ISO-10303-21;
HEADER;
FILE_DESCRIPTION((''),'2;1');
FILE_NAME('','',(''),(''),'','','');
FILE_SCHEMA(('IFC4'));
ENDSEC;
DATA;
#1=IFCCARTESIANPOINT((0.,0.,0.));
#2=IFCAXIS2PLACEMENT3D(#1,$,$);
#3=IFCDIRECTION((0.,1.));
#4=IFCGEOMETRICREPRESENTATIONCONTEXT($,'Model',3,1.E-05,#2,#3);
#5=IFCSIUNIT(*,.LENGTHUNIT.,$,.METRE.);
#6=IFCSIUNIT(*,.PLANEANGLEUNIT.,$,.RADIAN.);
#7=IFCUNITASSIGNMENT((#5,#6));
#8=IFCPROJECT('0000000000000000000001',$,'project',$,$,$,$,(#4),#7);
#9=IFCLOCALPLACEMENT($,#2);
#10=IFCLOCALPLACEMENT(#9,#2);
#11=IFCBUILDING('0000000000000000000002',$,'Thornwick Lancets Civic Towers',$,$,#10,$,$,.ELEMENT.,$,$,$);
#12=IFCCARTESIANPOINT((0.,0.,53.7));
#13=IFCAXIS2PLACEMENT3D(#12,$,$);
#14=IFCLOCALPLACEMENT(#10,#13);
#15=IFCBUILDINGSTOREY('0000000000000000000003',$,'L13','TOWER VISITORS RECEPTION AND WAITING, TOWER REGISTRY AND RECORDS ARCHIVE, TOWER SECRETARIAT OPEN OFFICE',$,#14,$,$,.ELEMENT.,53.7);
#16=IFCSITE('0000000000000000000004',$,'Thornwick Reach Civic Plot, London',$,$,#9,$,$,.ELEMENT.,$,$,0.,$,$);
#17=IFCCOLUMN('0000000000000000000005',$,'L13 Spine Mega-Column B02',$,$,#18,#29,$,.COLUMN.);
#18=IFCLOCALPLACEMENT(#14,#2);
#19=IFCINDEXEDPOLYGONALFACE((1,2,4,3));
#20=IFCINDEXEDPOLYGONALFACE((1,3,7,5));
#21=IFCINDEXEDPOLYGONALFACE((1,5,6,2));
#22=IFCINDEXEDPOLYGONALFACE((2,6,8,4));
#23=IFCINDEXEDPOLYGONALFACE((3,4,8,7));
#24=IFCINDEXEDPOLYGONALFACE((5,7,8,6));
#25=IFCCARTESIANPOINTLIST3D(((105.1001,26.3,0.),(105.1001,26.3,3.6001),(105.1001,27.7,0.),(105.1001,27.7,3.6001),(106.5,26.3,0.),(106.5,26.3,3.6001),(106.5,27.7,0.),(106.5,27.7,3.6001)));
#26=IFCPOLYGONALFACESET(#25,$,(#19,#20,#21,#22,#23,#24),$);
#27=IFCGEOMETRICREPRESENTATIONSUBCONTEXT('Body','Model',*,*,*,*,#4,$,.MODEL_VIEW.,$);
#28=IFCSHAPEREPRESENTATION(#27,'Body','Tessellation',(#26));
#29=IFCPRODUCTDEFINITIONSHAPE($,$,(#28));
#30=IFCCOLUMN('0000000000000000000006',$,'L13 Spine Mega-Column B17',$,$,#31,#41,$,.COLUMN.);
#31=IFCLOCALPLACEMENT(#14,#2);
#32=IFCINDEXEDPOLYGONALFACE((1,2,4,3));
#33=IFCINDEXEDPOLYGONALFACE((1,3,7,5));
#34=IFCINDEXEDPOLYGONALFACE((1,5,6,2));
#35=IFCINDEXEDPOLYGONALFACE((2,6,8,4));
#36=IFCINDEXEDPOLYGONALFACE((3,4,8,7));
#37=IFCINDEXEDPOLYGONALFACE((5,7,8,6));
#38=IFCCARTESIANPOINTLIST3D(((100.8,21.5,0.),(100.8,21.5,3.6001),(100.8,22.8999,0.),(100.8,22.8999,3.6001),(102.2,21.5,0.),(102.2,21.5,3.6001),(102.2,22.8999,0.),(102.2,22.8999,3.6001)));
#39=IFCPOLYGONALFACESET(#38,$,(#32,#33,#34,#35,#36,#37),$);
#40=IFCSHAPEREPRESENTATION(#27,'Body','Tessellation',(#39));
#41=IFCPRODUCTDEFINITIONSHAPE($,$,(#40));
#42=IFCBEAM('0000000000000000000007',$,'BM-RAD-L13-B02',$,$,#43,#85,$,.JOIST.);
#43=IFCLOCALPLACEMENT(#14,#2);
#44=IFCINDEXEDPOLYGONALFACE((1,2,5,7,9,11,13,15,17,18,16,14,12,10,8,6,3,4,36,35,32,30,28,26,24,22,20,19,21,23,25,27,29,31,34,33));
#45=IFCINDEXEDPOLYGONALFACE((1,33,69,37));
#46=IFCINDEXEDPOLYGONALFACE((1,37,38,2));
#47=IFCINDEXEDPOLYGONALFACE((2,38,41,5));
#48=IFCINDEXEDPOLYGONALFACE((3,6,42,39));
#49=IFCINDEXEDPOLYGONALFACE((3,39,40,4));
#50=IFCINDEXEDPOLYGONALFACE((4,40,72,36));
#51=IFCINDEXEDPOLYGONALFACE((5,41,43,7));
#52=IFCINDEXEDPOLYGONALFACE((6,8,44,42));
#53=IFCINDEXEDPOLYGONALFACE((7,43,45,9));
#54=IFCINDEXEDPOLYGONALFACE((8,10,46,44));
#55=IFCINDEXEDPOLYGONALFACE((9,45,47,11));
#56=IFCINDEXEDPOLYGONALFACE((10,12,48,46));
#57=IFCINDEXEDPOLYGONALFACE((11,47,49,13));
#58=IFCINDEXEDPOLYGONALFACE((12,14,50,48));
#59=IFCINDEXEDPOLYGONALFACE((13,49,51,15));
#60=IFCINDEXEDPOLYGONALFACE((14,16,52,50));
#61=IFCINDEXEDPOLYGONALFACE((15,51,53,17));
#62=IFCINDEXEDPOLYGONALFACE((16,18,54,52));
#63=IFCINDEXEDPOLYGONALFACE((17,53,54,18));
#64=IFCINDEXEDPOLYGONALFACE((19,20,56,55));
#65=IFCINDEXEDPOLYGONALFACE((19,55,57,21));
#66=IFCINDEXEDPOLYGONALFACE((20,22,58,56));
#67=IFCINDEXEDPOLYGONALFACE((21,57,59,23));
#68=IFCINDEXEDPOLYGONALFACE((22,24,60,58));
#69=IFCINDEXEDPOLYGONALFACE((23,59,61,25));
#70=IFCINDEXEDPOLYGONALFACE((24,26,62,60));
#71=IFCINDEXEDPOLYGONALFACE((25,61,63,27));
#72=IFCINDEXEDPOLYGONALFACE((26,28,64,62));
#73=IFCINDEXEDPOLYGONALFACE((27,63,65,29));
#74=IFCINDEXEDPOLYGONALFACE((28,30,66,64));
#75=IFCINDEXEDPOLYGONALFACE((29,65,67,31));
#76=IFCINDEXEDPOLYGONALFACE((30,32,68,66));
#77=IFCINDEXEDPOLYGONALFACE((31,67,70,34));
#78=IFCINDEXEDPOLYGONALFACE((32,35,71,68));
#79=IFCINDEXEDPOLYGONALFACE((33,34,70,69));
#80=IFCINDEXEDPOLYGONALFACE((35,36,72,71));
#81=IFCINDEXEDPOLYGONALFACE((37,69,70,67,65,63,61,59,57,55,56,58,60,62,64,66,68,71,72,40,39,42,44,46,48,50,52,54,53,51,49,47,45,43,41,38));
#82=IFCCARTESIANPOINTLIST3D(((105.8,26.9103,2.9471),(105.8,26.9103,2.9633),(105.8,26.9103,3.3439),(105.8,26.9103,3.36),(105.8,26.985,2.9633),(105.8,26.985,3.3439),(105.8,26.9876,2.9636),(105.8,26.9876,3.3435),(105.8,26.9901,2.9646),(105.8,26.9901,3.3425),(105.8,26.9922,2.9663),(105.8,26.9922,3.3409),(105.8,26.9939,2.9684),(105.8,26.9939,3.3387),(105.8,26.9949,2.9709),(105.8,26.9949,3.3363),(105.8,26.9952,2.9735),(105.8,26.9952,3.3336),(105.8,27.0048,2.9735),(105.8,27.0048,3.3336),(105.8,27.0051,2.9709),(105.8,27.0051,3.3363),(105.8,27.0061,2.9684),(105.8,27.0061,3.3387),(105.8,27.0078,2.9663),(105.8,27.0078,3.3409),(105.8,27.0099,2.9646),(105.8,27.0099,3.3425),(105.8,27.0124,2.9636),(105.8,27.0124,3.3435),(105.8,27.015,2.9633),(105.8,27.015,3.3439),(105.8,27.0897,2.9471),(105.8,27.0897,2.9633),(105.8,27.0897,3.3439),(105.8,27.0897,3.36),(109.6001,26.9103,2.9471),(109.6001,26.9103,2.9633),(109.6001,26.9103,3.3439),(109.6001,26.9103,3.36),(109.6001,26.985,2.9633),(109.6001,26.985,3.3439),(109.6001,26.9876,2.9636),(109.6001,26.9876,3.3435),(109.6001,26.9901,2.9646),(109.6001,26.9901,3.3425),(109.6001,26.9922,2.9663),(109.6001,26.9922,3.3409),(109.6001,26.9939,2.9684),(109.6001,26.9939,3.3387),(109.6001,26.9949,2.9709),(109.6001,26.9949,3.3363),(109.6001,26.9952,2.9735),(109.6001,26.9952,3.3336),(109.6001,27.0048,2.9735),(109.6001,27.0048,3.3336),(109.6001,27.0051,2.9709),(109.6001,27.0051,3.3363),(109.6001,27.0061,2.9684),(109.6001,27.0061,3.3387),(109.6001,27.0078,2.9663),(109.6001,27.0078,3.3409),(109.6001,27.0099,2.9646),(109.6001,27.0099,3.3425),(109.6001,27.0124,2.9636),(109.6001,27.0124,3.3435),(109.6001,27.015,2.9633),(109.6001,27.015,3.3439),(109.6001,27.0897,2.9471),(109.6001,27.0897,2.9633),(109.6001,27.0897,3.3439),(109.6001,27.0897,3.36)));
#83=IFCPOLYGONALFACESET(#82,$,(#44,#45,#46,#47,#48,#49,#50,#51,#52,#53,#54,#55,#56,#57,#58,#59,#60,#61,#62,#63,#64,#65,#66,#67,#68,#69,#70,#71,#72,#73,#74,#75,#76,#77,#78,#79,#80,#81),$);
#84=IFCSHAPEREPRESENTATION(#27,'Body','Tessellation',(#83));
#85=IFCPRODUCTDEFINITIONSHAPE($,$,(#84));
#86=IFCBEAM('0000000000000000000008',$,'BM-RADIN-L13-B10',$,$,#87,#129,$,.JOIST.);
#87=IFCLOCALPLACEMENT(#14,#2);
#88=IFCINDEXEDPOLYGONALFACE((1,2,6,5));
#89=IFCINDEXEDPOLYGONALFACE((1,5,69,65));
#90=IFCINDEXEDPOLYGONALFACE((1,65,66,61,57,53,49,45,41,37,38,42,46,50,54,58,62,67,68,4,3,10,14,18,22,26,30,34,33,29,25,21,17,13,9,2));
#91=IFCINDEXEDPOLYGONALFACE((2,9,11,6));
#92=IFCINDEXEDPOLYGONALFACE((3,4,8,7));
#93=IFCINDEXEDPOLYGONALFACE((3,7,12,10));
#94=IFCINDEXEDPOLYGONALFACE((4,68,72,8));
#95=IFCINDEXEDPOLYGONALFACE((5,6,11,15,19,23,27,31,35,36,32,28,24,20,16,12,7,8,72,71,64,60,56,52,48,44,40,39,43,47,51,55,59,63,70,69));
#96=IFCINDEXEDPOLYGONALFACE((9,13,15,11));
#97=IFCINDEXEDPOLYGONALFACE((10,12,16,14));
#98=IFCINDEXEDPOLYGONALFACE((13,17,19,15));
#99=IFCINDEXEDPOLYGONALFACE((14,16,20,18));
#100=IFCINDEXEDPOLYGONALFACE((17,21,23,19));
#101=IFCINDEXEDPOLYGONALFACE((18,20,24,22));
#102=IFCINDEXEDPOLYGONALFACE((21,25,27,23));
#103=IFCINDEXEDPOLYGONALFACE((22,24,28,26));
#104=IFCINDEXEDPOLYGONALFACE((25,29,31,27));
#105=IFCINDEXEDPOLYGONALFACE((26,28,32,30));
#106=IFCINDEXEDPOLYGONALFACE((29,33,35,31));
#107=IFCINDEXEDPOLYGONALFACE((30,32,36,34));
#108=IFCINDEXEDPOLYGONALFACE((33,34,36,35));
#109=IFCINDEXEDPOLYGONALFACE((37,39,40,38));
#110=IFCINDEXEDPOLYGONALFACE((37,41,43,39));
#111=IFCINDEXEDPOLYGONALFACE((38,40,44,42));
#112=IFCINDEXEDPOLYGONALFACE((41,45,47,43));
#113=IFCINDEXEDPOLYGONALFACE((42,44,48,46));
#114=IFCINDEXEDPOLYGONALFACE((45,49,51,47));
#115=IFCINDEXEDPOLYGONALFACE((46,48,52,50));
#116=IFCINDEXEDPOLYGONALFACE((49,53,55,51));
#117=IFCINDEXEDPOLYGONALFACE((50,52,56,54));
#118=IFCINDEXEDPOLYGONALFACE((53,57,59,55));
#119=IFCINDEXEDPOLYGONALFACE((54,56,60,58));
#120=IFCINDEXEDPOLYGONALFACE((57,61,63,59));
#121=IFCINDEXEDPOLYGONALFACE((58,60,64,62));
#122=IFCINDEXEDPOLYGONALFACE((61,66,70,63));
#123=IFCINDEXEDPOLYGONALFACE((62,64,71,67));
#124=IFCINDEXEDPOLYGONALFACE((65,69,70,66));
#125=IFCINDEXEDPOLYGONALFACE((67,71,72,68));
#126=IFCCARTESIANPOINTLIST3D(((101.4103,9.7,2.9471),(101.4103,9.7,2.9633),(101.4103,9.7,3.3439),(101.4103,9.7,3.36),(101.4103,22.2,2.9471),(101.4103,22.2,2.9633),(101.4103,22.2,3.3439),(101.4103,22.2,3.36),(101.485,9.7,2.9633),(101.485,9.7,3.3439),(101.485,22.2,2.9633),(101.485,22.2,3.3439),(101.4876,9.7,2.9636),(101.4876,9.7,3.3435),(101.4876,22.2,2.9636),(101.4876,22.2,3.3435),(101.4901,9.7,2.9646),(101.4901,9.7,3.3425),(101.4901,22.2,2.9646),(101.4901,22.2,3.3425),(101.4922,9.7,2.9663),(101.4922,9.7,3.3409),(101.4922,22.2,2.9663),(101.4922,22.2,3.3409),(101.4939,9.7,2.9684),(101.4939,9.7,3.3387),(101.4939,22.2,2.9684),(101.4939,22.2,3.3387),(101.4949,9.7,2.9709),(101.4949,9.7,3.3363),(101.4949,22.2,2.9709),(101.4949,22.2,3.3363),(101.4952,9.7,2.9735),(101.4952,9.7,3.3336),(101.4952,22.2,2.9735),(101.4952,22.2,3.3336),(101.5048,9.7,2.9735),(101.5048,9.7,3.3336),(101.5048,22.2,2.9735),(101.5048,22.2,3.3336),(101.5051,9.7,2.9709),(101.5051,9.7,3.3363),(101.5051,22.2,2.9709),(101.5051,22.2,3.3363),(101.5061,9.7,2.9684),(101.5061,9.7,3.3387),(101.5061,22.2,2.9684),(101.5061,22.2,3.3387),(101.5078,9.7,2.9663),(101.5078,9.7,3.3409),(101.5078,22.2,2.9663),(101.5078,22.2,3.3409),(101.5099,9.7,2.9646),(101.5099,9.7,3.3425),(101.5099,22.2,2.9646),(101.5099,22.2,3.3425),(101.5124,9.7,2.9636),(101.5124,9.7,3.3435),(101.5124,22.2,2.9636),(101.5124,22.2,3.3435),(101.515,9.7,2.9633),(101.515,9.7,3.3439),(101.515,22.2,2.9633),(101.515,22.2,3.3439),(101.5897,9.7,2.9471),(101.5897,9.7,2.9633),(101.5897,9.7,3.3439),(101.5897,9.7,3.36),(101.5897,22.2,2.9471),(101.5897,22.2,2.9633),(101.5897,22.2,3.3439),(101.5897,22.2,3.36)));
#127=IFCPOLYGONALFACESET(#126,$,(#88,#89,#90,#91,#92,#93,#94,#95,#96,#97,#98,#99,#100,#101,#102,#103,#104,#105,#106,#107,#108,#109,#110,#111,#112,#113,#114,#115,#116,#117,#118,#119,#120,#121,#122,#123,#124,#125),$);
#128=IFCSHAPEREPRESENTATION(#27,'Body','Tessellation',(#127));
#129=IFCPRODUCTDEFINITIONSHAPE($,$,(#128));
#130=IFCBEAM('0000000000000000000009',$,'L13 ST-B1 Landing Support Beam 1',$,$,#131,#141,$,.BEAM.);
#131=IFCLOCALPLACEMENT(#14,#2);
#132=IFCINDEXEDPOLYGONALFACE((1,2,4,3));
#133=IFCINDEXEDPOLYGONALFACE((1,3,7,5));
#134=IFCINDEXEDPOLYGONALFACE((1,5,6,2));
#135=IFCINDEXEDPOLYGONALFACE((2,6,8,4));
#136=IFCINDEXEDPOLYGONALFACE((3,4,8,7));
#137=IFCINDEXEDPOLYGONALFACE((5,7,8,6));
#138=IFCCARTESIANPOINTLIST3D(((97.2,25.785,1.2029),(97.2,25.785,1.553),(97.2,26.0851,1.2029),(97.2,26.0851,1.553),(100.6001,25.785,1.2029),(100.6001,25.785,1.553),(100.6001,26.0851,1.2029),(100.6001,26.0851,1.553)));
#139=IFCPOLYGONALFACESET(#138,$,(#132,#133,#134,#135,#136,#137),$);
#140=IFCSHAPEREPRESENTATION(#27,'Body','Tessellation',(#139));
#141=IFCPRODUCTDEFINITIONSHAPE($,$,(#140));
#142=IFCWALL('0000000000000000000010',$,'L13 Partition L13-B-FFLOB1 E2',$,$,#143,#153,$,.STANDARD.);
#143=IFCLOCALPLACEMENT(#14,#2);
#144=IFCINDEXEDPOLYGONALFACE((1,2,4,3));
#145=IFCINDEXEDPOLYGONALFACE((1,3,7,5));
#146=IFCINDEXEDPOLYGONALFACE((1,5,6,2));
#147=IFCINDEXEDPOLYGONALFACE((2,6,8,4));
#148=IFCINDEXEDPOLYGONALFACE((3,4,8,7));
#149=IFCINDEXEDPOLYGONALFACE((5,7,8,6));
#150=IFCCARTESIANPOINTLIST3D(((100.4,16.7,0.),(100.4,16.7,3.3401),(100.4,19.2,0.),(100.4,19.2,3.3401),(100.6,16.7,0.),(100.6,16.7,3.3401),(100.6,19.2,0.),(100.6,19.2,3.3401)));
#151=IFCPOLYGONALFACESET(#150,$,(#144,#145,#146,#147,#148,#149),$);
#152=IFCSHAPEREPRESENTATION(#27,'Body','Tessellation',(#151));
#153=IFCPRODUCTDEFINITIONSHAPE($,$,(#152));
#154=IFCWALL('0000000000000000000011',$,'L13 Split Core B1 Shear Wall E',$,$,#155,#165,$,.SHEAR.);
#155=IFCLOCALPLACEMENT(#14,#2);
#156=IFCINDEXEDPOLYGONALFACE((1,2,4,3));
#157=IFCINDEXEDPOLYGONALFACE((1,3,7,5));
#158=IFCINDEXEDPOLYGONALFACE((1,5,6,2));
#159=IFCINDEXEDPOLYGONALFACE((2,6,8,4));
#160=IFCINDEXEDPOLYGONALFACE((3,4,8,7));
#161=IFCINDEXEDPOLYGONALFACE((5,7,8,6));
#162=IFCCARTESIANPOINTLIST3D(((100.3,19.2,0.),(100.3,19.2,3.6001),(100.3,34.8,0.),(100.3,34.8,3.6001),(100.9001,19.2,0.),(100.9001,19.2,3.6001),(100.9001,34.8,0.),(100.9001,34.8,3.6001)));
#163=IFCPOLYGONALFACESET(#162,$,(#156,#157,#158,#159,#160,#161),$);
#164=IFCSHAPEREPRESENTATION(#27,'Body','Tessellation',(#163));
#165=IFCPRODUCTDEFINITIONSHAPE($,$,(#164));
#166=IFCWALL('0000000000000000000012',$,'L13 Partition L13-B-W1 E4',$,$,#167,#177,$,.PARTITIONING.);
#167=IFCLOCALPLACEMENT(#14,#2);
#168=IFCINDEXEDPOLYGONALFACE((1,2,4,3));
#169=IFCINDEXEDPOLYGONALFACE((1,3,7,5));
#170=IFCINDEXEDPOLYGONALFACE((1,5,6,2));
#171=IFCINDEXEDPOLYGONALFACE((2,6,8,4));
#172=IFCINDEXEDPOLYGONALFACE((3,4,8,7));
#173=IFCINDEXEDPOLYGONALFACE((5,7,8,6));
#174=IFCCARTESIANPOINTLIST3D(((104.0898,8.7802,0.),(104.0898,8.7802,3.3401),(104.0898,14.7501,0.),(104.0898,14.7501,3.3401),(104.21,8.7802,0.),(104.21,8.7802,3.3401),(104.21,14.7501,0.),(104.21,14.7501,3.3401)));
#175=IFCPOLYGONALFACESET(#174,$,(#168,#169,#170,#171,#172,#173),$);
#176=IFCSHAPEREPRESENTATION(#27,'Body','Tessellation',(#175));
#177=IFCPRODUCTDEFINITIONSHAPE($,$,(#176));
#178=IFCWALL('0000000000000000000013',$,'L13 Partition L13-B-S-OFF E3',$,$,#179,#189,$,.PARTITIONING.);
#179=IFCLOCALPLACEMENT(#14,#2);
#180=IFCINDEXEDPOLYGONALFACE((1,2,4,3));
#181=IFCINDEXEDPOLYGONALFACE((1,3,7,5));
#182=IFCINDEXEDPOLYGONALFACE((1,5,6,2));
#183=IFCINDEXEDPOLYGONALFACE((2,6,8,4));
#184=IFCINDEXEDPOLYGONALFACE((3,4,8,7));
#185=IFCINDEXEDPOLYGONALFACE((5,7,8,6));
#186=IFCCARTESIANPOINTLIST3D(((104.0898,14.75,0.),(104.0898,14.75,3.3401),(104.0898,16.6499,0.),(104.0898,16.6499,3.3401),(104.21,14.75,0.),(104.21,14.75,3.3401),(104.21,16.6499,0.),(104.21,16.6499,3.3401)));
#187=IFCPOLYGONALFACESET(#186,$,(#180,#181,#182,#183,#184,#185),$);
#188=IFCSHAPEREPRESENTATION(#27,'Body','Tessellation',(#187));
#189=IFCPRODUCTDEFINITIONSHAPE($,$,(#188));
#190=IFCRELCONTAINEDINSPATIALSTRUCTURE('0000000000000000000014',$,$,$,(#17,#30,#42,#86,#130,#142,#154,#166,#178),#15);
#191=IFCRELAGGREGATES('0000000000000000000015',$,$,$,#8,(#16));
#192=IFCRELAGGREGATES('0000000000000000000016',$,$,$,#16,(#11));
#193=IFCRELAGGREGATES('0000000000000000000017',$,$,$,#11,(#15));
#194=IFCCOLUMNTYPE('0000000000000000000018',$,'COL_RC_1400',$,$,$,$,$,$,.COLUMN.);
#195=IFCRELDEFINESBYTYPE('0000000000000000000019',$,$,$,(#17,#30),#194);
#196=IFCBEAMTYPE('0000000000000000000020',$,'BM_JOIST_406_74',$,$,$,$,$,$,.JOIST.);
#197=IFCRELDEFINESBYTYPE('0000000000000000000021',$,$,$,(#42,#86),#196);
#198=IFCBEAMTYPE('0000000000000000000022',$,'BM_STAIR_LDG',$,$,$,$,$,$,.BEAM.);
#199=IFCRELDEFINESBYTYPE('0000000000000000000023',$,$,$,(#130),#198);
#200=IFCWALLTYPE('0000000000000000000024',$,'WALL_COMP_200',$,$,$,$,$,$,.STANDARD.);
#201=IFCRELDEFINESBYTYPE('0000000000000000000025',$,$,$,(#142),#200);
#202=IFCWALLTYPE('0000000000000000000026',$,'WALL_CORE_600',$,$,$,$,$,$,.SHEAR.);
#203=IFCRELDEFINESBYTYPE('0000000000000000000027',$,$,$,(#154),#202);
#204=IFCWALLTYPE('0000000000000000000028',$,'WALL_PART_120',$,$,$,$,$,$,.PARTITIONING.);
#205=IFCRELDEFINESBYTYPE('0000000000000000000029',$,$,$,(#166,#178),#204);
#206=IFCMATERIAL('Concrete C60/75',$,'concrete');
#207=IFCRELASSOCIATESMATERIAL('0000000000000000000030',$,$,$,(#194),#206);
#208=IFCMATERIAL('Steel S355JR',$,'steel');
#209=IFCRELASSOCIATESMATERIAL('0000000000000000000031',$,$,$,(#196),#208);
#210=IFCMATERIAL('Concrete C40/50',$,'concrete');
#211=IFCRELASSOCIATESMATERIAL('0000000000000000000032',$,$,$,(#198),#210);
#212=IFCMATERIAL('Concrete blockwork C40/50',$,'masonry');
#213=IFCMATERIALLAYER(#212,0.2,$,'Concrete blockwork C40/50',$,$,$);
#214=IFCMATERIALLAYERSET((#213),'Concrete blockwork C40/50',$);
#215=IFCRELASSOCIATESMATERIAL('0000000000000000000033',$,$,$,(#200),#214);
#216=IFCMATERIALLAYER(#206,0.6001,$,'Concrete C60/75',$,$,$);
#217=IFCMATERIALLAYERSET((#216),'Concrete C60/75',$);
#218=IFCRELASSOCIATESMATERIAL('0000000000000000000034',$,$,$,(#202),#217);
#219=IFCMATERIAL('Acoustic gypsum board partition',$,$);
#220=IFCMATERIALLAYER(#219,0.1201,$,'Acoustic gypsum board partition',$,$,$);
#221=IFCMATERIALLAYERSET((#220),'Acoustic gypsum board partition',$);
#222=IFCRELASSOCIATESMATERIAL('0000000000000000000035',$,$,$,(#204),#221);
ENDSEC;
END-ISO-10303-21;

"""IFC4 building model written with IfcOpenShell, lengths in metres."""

from ifc_helpers import new_model, si_unit, direction, frame, frame_2d, origin, origin_2d, place, context, subcontext, project, spatial, rectangle, i_section, extrude, material, layer, layer_set, material_profile, profile_set, type_object, element, save


model = new_model("IFC4")

# Units and contexts
model_context = context("Model", 3, precision=1e-05, world=origin(), true_north=direction((0.0, 1.0)))
body_context = subcontext(model_context, "Body", "Model", "MODEL_VIEW")
ifc_project = project(units=[si_unit("LENGTHUNIT", "METRE"), si_unit("PLANEANGLEUNIT", "RADIAN")], contexts=[model_context])

# Site, building, storey
site_placement = place(None, origin())
site = spatial("IfcSite", under=ifc_project, at=site_placement, Name="Thornwick Reach Civic Plot, London", CompositionType="ELEMENT", RefElevation=0.0)
building_placement = place(site_placement, origin())
building = spatial("IfcBuilding", under=site, at=building_placement, Name="Thornwick Lancets Civic Towers", CompositionType="ELEMENT")
storey_placement = place(building_placement, frame((0.0, 0.0, 53.7)))
storey = spatial("IfcBuildingStorey", under=building, at=storey_placement, Name="L13", Description="TOWER VISITORS RECEPTION AND WAITING, TOWER REGISTRY AND RECORDS ARCHIVE, TOWER SECRETARIAT OPEN OFFICE", CompositionType="ELEMENT", Elevation=53.7)

# Columns
ifc_material_1 = material(Name="Concrete C60/75", Category="concrete")
ifc_material_profile_1 = material_profile(ifc_material_1, rectangle(XDim=1.3999, YDim=1.3999, at=origin_2d()), Name="RC 1400x1400")
ifc_profile_set_1 = profile_set([ifc_material_profile_1], Name="Concrete C60/75")
column_type = type_object("IfcColumnType", Name="COL_RC_1400", PredefinedType="COLUMN", material=ifc_profile_set_1)
for number, where, z_axis, x_axis, name in (
    (1, (105.8, 27.0, 0.0), (0.0, 0.0, 1.0), (1.0, 0.0, 0.0), "L13 Spine Mega-Column B02"),
    (2, (101.5, 22.2, 0.0), (0.0, 0.0, 1.0), (1.0, 0.0, 0.0), "L13 Spine Mega-Column B17"),
):
    element("IfcColumn", number, at=place(storey_placement, frame(where, z_axis=z_axis, x_axis=x_axis)), inside=storey, type_object=column_type, Name=name, PredefinedType="COLUMN", context=body_context, shape_type="SweptSolid", body=[
        extrude(rectangle(XDim=1.3999, YDim=1.3999, at=origin_2d()), origin(), (0.0, 0.0, 1.0), 3.6001),
    ])

# Beams
ifc_material_2 = material(Name="Steel S355JR", Category="steel")
ifc_material_profile_2 = material_profile(ifc_material_2, i_section(OverallWidth=0.1794, OverallDepth=0.4128, WebThickness=0.0095, FlangeThickness=0.0161, FilletRadius=0.0103, at=origin_2d()), Name="UKB 406x178x74")
ifc_profile_set_2 = profile_set([ifc_material_profile_2], Name="Steel S355JR")
beam_type_1 = type_object("IfcBeamType", Name="BM_JOIST_406_74", PredefinedType="JOIST", material=ifc_profile_set_2)
beam_1_placement = place(storey_placement, frame((105.8, 27.0, 3.1536), z_axis=(1.0, 0.0, 0.0), x_axis=(0.0, 1.0, 0.0)))
element("IfcBeam", 3, at=beam_1_placement, inside=storey, type_object=beam_type_1, Name="BM-RAD-L13-B02", PredefinedType="JOIST", context=body_context, shape_type="SweptSolid", body=[
    extrude(i_section(OverallWidth=0.1794, OverallDepth=0.4128, WebThickness=0.0095, FlangeThickness=0.0161, FilletRadius=0.0103, at=origin_2d()), origin(), (0.0, 0.0, 1.0), 3.8),
])
beam_2_placement = place(storey_placement, frame((101.5, 22.2, 3.1536), z_axis=(0.0, -1.0, 0.0), x_axis=(1.0, 0.0, 0.0)))
element("IfcBeam", 4, at=beam_2_placement, inside=storey, type_object=beam_type_1, Name="BM-RADIN-L13-B10", PredefinedType="JOIST", context=body_context, shape_type="SweptSolid", body=[
    extrude(i_section(OverallWidth=0.1794, OverallDepth=0.4128, WebThickness=0.0095, FlangeThickness=0.0161, FilletRadius=0.0103, at=origin_2d()), origin(), (0.0, 0.0, 1.0), 12.5),
])
ifc_material_3 = material(Name="Concrete C40/50", Category="concrete")
ifc_material_profile_3 = material_profile(ifc_material_3, rectangle(XDim=0.3, YDim=0.3501, at=origin_2d()), Name="RC 300x350")
ifc_profile_set_3 = profile_set([ifc_material_profile_3], Name="Concrete C40/50")
beam_type_2 = type_object("IfcBeamType", Name="BM_STAIR_LDG", PredefinedType="BEAM", material=ifc_profile_set_3)
beam_3_placement = place(storey_placement, frame((100.6001, 25.9351, 1.3779), z_axis=(-1.0, 0.0, 0.0), x_axis=(0.0, -1.0, 0.0)))
element("IfcBeam", 5, at=beam_3_placement, inside=storey, type_object=beam_type_2, Name="L13 ST-B1 Landing Support Beam 1", PredefinedType="BEAM", context=body_context, shape_type="SweptSolid", body=[
    extrude(rectangle(XDim=0.3, YDim=0.3501, at=origin_2d()), origin(), (0.0, 0.0, 1.0), 3.4001),
])

# Walls
ifc_material_4 = material(Name="Concrete blockwork C40/50", Category="masonry")
ifc_layer_1 = layer(ifc_material_4, 0.2, Name="Concrete blockwork C40/50")
ifc_layer_set_1 = layer_set([ifc_layer_1], Name="Concrete blockwork C40/50")
wall_type_1 = type_object("IfcWallType", Name="WALL_COMP_200", PredefinedType="STANDARD", material=ifc_layer_set_1)
wall_1_placement = place(storey_placement, frame((100.5, 16.7, 0.0), z_axis=(0.0, 0.0, 1.0), x_axis=(0.0, 1.0, 0.0)))
element("IfcWall", 6, at=wall_1_placement, inside=storey, type_object=wall_type_1, Name="L13 Partition L13-B-FFLOB1 E2", PredefinedType="STANDARD", context=body_context, shape_type="SweptSolid", body=[
    extrude(rectangle(XDim=2.5, YDim=0.2, at=frame_2d((1.25, 0.0))), origin(), (0.0, 0.0, 1.0), 3.3401),
])
ifc_layer_2 = layer(ifc_material_1, 0.6001, Name="Concrete C60/75")
ifc_layer_set_2 = layer_set([ifc_layer_2], Name="Concrete C60/75")
wall_type_2 = type_object("IfcWallType", Name="WALL_CORE_600", PredefinedType="SHEAR", material=ifc_layer_set_2)
wall_2_placement = place(storey_placement, frame((100.6001, 19.2, 0.0), z_axis=(0.0, 0.0, 1.0), x_axis=(0.0, 1.0, 0.0)))
element("IfcWall", 7, at=wall_2_placement, inside=storey, type_object=wall_type_2, Name="L13 Split Core B1 Shear Wall E", PredefinedType="SHEAR", context=body_context, shape_type="SweptSolid", body=[
    extrude(rectangle(XDim=15.6001, YDim=0.6001, at=frame_2d((7.8, 0.0))), origin(), (0.0, 0.0, 1.0), 3.6001),
])
ifc_material_5 = material(Name="Acoustic gypsum board partition")
ifc_layer_3 = layer(ifc_material_5, 0.1201, Name="Acoustic gypsum board partition")
ifc_layer_set_3 = layer_set([ifc_layer_3], Name="Acoustic gypsum board partition")
wall_type_3 = type_object("IfcWallType", Name="WALL_PART_120", PredefinedType="PARTITIONING", material=ifc_layer_set_3)
wall_3_placement = place(storey_placement, frame((104.1499, 14.75, 0.0), z_axis=(0.0, 0.0, 1.0), x_axis=(0.0, -1.0, 0.0)))
element("IfcWall", 8, at=wall_3_placement, inside=storey, type_object=wall_type_3, Name="L13 Partition L13-B-W1 E4", PredefinedType="PARTITIONING", context=body_context, shape_type="SweptSolid", body=[
    extrude(rectangle(XDim=5.97, YDim=0.1201, at=frame_2d((2.9849, 0.0))), origin(), (0.0, 0.0, 1.0), 3.3401),
])
wall_4_placement = place(storey_placement, frame((104.1499, 14.75, 0.0), z_axis=(0.0, 0.0, 1.0), x_axis=(0.0, 1.0, 0.0)))
element("IfcWall", 9, at=wall_4_placement, inside=storey, type_object=wall_type_3, Name="L13 Partition L13-B-S-OFF E3", PredefinedType="PARTITIONING", context=body_context, shape_type="SweptSolid", body=[
    extrude(rectangle(XDim=1.8999, YDim=0.1201, at=frame_2d((0.95, 0.0))), origin(), (0.0, 0.0, 1.0), 3.3401),
])

save(model, "model.ifc")
